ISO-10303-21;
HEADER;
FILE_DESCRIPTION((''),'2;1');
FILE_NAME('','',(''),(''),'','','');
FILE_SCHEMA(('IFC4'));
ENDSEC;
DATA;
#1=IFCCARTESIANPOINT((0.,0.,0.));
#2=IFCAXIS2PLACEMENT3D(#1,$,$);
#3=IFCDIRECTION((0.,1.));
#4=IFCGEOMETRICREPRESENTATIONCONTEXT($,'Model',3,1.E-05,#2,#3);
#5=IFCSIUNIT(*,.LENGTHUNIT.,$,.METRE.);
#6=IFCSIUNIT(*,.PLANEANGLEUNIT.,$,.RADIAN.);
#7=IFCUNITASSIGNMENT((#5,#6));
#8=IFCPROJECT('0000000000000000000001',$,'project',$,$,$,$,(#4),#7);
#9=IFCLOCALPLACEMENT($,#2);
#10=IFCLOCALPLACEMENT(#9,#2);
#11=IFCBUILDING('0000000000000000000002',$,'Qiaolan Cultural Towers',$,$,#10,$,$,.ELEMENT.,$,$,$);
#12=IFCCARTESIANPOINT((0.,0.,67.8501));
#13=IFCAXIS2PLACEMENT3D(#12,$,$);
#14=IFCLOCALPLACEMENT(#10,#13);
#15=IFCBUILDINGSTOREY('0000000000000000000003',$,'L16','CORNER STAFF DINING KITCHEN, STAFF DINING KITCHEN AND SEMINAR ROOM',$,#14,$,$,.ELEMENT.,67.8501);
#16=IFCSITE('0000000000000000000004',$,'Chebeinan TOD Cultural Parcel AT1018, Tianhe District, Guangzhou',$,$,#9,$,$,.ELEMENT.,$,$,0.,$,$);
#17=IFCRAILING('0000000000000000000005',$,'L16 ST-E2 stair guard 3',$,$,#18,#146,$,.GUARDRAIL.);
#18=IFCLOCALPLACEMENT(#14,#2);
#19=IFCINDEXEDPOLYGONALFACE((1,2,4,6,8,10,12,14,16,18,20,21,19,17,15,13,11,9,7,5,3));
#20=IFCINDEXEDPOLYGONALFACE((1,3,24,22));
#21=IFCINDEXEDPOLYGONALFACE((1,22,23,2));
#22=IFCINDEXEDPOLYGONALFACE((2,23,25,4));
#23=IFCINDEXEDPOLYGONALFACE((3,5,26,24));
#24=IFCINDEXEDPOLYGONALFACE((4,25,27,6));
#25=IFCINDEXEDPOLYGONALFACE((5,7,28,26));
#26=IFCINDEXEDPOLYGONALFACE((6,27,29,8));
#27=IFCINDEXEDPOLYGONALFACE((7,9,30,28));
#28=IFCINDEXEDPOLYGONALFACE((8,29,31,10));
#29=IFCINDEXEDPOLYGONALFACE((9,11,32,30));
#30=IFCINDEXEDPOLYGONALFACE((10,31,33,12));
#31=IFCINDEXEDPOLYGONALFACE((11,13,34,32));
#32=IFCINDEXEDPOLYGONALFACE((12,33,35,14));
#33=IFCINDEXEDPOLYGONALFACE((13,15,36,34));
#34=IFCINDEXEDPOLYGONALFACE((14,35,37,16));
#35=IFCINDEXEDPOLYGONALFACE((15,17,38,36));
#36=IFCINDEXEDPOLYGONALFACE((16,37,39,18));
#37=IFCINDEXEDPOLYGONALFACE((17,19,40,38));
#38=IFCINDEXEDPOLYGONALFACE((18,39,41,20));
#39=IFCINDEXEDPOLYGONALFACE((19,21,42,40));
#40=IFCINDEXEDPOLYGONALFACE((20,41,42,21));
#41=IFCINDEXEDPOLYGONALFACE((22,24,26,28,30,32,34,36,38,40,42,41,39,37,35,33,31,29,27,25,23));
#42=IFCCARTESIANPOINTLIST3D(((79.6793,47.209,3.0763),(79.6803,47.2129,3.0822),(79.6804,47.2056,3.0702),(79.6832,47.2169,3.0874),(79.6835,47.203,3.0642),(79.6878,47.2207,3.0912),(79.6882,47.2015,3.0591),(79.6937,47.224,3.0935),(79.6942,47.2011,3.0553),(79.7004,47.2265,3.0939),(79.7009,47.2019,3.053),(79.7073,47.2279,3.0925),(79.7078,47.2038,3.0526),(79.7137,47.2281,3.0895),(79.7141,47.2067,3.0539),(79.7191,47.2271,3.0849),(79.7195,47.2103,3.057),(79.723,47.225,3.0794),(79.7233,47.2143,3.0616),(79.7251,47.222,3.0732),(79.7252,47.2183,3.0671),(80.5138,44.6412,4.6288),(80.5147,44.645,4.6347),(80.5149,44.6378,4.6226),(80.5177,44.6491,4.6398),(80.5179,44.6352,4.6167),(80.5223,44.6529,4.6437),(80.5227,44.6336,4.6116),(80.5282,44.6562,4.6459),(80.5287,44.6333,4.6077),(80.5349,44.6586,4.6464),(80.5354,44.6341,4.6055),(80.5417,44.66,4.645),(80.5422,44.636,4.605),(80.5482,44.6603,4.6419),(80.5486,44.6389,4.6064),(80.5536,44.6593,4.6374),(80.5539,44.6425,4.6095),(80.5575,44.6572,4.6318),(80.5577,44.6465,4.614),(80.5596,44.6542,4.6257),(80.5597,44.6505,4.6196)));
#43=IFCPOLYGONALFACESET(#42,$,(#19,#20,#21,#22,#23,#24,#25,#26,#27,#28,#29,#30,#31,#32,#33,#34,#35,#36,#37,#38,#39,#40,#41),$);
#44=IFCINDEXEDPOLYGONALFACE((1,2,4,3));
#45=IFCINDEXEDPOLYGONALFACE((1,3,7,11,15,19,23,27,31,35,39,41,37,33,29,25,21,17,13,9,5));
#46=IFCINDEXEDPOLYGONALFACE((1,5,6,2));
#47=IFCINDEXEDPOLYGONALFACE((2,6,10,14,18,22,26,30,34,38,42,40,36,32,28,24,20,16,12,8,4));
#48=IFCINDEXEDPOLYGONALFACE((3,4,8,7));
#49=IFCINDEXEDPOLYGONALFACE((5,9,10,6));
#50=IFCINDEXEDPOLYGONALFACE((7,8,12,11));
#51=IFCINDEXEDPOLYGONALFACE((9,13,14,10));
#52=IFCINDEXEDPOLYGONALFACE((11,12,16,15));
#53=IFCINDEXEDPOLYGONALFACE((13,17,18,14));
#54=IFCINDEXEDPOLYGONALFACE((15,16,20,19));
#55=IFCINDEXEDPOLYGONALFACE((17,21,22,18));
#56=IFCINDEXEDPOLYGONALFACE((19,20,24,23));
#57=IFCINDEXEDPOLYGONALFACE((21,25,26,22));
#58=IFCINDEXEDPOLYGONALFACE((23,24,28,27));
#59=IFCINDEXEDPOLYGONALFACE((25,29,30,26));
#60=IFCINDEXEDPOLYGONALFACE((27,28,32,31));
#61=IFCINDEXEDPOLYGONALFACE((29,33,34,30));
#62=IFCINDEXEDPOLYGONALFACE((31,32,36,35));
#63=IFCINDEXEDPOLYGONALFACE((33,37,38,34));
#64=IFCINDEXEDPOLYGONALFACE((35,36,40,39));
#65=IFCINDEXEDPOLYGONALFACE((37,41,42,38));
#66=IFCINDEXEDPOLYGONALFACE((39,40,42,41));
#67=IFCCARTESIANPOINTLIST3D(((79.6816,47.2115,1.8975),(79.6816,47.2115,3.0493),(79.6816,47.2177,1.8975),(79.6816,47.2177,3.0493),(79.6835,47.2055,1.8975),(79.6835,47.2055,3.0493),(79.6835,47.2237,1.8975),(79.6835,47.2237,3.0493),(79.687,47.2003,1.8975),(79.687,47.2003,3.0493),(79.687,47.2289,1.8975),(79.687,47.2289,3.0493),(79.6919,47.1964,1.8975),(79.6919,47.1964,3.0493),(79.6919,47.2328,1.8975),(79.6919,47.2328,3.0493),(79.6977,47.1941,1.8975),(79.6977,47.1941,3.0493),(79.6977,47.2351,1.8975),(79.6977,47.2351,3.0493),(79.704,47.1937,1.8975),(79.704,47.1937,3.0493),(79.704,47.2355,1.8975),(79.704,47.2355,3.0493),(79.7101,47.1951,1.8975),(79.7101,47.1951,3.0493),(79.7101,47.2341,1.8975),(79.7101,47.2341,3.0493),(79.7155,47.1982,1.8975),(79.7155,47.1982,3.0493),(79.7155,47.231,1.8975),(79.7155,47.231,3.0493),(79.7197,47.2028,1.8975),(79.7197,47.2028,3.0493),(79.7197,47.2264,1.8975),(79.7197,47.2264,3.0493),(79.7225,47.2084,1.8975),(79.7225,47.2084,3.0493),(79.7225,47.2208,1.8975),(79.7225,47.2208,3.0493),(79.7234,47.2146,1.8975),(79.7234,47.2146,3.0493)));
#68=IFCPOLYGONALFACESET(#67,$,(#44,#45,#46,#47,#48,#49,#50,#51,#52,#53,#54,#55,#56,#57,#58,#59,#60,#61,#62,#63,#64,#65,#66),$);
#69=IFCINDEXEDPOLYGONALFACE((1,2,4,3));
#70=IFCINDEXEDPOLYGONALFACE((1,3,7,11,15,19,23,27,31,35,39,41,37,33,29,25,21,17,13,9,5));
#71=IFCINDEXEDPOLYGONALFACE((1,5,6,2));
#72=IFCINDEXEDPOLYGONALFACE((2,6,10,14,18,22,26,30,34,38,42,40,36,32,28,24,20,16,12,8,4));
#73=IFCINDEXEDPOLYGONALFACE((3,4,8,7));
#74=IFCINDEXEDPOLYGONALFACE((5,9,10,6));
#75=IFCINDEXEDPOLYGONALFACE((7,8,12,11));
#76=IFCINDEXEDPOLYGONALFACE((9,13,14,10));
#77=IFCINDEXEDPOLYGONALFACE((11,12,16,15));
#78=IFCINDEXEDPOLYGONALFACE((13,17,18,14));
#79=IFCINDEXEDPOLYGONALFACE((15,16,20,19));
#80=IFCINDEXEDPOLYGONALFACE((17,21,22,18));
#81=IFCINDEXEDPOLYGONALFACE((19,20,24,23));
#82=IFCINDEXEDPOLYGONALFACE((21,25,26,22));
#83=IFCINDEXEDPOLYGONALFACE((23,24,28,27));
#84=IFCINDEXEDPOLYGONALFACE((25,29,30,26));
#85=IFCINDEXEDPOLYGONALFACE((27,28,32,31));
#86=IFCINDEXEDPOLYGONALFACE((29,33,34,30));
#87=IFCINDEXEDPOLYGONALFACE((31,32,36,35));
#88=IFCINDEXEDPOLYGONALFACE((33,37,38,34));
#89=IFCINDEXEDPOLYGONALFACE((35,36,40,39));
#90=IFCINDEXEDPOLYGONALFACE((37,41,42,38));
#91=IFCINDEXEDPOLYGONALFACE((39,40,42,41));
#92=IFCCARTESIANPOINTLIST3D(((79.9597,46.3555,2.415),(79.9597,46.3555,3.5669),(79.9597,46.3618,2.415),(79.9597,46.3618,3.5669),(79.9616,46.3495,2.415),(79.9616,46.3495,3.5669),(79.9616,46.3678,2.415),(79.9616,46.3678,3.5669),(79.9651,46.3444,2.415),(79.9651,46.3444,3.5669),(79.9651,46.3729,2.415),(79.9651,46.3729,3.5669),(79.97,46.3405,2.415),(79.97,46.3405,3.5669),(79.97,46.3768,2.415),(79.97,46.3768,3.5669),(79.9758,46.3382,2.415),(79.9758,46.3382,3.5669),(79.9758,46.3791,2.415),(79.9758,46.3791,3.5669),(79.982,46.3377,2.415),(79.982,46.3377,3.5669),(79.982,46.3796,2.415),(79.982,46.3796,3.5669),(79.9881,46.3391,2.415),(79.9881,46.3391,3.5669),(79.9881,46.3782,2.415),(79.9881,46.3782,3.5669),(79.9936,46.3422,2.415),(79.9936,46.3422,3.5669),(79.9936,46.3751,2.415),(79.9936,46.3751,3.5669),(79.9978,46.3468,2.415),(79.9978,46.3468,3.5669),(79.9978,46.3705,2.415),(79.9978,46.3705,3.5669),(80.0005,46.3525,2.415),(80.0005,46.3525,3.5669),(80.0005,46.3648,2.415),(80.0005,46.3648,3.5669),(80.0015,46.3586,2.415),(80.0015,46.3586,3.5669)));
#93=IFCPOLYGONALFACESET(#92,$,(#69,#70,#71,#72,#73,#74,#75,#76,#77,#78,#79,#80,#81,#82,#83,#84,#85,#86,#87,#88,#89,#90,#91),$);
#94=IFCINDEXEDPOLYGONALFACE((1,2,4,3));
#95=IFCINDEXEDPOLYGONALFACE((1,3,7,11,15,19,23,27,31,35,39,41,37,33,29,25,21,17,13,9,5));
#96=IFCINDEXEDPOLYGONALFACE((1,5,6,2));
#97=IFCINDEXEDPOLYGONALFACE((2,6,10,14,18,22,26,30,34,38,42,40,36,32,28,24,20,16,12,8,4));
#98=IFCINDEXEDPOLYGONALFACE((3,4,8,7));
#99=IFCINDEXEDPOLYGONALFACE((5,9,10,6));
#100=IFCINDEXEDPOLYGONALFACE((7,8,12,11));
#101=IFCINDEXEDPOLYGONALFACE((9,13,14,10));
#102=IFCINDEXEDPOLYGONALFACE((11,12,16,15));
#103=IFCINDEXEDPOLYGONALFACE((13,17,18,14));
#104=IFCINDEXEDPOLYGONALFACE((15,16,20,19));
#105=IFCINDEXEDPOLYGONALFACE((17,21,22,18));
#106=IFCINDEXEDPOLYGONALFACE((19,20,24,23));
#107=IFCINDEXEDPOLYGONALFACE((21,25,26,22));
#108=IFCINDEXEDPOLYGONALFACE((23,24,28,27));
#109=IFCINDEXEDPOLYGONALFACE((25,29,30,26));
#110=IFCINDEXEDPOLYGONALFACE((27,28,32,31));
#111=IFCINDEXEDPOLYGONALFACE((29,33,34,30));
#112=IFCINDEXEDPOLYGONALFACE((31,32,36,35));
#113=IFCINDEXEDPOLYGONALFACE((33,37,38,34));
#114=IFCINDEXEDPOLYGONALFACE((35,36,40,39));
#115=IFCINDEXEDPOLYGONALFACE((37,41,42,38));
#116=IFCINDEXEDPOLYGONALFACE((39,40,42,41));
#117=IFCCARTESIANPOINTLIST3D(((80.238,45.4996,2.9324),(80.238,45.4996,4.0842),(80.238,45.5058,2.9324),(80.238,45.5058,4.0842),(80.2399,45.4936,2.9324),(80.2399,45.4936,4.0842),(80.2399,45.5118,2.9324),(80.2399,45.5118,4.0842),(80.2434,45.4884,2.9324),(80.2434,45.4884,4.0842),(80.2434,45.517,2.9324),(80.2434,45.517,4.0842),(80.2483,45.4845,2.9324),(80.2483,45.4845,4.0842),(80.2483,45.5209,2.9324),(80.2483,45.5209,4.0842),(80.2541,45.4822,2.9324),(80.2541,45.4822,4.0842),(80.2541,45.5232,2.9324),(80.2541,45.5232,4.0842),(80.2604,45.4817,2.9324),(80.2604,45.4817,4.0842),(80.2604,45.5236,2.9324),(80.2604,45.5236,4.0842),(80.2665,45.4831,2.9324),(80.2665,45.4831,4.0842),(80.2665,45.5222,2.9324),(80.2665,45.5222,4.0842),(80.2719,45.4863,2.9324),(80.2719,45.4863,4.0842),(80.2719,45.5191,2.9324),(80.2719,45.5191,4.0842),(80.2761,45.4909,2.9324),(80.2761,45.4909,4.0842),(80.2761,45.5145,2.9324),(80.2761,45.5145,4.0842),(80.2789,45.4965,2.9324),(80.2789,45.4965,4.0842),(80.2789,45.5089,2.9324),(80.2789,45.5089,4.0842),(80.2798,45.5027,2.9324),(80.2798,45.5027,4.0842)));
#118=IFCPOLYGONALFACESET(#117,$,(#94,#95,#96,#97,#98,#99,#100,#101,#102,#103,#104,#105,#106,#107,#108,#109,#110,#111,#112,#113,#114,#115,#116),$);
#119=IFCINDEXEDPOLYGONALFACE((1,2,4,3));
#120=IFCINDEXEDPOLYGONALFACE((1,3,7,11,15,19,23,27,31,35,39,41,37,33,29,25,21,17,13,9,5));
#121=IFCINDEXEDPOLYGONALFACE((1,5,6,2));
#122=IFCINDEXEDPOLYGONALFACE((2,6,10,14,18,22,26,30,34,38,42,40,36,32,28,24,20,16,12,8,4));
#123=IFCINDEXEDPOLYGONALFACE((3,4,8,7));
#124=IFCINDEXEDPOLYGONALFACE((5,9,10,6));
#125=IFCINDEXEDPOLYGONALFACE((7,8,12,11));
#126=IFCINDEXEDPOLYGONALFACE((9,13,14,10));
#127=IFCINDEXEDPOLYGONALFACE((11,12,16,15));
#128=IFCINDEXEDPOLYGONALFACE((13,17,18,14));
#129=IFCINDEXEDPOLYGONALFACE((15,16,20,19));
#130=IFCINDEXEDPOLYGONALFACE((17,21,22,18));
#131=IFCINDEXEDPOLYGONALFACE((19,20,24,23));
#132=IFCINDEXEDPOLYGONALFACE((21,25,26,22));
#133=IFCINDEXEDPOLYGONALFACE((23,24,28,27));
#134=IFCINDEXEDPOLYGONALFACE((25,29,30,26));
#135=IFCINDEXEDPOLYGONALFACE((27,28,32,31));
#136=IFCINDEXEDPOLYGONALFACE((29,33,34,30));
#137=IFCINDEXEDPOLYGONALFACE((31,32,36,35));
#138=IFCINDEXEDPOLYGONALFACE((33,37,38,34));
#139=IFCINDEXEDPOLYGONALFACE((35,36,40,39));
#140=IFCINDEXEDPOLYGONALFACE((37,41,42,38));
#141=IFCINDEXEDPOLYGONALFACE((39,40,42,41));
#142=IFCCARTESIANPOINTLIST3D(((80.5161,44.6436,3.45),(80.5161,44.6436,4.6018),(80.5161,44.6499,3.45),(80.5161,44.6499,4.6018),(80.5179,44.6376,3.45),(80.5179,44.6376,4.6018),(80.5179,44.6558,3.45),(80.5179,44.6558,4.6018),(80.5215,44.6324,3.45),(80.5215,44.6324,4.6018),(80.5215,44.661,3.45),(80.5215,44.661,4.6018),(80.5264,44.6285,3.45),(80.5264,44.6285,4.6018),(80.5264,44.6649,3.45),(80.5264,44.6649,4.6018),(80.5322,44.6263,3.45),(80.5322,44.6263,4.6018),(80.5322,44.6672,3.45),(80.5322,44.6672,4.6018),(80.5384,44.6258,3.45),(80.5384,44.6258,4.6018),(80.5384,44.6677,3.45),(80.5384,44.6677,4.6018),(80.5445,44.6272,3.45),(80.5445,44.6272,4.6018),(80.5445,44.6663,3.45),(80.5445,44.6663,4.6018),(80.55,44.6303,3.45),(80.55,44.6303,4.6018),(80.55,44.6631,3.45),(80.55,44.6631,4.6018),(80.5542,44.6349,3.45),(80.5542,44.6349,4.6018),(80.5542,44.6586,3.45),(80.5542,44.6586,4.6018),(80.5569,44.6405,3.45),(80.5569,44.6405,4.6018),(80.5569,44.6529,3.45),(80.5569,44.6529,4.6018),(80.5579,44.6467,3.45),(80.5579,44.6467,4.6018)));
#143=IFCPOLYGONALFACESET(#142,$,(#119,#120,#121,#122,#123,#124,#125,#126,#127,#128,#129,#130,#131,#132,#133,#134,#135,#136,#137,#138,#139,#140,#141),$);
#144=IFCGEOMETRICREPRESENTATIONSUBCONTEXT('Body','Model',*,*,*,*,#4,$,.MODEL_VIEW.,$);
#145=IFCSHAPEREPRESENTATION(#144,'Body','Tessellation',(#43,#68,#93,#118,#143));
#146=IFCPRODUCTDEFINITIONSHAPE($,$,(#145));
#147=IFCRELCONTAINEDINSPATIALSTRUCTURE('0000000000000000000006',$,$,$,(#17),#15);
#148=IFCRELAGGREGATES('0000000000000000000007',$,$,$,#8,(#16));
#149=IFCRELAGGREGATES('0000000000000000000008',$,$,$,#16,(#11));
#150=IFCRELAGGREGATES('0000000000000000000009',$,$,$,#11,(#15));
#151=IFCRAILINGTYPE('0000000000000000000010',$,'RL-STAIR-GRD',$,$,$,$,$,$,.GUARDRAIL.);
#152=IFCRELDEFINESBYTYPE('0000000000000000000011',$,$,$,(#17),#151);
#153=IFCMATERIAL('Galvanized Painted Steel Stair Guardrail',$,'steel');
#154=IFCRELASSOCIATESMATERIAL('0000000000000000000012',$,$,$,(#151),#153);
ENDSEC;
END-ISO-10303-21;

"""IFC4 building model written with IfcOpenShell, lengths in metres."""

from ifc_helpers import new_model, si_unit, direction, frame, origin, origin_2d, place, context, subcontext, project, spatial, circle, extrude, material, type_object, element, save


model = new_model("IFC4")

# Units and contexts
model_context = context("Model", 3, precision=1e-05, world=origin(), true_north=direction((0.0, 1.0)))
body_context = subcontext(model_context, "Body", "Model", "MODEL_VIEW")
ifc_project = project(units=[si_unit("LENGTHUNIT", "METRE"), si_unit("PLANEANGLEUNIT", "RADIAN")], contexts=[model_context])

# Site, building, storey
site_placement = place(None, origin())
site = spatial("IfcSite", under=ifc_project, at=site_placement, Name="Chebeinan TOD Cultural Parcel AT1018, Tianhe District, Guangzhou", CompositionType="ELEMENT", RefElevation=0.0)
building_placement = place(site_placement, origin())
building = spatial("IfcBuilding", under=site, at=building_placement, Name="Qiaolan Cultural Towers", CompositionType="ELEMENT")
storey_placement = place(building_placement, frame((0.0, 0.0, 67.8501)))
storey = spatial("IfcBuildingStorey", under=building, at=storey_placement, Name="L16", Description="CORNER STAFF DINING KITCHEN, STAFF DINING KITCHEN AND SEMINAR ROOM", CompositionType="ELEMENT", Elevation=67.8501)

# Railing
ifc_material_1 = material(Name="Galvanized Painted Steel Stair Guardrail", Category="steel")
railing_type_1 = type_object("IfcRailingType", Name="RL-STAIR-GRD", PredefinedType="GUARDRAIL", material=ifc_material_1)
railing_1_placement = place(storey_placement, frame((79.7024, 47.2146, 1.8975)))
element("IfcRailing", 1, at=railing_1_placement, inside=storey, type_object=railing_type_1, Name="L16 ST-E2 stair guard 3", PredefinedType="GUARDRAIL", context=body_context, shape_type="SweptSolid", body=[
    extrude(circle(Radius=0.0239, at=origin_2d()), frame((0.0, 0.0, 1.1758), z_axis=(0.267926, -0.824471, 0.498461), x_axis=(0.951043, 0.309057, 0.0)), (0.0, 0.0, 1.0), 3.1145),
    extrude(circle(Radius=0.021, at=origin_2d()), origin(), (0.0, 0.0, 1.0), 1.1519),
    extrude(circle(Radius=0.021, at=origin_2d()), frame((0.2781, -0.856, 0.5176)), (0.0, 0.0, 1.0), 1.1519),
    extrude(circle(Radius=0.021, at=origin_2d()), frame((0.5564, -1.7119, 1.0349)), (0.0, 0.0, 1.0), 1.1519),
    extrude(circle(Radius=0.021, at=origin_2d()), frame((0.8345, -2.5679, 1.5525)), (0.0, 0.0, 1.0), 1.1519),
])

save(model, "model.ifc")
